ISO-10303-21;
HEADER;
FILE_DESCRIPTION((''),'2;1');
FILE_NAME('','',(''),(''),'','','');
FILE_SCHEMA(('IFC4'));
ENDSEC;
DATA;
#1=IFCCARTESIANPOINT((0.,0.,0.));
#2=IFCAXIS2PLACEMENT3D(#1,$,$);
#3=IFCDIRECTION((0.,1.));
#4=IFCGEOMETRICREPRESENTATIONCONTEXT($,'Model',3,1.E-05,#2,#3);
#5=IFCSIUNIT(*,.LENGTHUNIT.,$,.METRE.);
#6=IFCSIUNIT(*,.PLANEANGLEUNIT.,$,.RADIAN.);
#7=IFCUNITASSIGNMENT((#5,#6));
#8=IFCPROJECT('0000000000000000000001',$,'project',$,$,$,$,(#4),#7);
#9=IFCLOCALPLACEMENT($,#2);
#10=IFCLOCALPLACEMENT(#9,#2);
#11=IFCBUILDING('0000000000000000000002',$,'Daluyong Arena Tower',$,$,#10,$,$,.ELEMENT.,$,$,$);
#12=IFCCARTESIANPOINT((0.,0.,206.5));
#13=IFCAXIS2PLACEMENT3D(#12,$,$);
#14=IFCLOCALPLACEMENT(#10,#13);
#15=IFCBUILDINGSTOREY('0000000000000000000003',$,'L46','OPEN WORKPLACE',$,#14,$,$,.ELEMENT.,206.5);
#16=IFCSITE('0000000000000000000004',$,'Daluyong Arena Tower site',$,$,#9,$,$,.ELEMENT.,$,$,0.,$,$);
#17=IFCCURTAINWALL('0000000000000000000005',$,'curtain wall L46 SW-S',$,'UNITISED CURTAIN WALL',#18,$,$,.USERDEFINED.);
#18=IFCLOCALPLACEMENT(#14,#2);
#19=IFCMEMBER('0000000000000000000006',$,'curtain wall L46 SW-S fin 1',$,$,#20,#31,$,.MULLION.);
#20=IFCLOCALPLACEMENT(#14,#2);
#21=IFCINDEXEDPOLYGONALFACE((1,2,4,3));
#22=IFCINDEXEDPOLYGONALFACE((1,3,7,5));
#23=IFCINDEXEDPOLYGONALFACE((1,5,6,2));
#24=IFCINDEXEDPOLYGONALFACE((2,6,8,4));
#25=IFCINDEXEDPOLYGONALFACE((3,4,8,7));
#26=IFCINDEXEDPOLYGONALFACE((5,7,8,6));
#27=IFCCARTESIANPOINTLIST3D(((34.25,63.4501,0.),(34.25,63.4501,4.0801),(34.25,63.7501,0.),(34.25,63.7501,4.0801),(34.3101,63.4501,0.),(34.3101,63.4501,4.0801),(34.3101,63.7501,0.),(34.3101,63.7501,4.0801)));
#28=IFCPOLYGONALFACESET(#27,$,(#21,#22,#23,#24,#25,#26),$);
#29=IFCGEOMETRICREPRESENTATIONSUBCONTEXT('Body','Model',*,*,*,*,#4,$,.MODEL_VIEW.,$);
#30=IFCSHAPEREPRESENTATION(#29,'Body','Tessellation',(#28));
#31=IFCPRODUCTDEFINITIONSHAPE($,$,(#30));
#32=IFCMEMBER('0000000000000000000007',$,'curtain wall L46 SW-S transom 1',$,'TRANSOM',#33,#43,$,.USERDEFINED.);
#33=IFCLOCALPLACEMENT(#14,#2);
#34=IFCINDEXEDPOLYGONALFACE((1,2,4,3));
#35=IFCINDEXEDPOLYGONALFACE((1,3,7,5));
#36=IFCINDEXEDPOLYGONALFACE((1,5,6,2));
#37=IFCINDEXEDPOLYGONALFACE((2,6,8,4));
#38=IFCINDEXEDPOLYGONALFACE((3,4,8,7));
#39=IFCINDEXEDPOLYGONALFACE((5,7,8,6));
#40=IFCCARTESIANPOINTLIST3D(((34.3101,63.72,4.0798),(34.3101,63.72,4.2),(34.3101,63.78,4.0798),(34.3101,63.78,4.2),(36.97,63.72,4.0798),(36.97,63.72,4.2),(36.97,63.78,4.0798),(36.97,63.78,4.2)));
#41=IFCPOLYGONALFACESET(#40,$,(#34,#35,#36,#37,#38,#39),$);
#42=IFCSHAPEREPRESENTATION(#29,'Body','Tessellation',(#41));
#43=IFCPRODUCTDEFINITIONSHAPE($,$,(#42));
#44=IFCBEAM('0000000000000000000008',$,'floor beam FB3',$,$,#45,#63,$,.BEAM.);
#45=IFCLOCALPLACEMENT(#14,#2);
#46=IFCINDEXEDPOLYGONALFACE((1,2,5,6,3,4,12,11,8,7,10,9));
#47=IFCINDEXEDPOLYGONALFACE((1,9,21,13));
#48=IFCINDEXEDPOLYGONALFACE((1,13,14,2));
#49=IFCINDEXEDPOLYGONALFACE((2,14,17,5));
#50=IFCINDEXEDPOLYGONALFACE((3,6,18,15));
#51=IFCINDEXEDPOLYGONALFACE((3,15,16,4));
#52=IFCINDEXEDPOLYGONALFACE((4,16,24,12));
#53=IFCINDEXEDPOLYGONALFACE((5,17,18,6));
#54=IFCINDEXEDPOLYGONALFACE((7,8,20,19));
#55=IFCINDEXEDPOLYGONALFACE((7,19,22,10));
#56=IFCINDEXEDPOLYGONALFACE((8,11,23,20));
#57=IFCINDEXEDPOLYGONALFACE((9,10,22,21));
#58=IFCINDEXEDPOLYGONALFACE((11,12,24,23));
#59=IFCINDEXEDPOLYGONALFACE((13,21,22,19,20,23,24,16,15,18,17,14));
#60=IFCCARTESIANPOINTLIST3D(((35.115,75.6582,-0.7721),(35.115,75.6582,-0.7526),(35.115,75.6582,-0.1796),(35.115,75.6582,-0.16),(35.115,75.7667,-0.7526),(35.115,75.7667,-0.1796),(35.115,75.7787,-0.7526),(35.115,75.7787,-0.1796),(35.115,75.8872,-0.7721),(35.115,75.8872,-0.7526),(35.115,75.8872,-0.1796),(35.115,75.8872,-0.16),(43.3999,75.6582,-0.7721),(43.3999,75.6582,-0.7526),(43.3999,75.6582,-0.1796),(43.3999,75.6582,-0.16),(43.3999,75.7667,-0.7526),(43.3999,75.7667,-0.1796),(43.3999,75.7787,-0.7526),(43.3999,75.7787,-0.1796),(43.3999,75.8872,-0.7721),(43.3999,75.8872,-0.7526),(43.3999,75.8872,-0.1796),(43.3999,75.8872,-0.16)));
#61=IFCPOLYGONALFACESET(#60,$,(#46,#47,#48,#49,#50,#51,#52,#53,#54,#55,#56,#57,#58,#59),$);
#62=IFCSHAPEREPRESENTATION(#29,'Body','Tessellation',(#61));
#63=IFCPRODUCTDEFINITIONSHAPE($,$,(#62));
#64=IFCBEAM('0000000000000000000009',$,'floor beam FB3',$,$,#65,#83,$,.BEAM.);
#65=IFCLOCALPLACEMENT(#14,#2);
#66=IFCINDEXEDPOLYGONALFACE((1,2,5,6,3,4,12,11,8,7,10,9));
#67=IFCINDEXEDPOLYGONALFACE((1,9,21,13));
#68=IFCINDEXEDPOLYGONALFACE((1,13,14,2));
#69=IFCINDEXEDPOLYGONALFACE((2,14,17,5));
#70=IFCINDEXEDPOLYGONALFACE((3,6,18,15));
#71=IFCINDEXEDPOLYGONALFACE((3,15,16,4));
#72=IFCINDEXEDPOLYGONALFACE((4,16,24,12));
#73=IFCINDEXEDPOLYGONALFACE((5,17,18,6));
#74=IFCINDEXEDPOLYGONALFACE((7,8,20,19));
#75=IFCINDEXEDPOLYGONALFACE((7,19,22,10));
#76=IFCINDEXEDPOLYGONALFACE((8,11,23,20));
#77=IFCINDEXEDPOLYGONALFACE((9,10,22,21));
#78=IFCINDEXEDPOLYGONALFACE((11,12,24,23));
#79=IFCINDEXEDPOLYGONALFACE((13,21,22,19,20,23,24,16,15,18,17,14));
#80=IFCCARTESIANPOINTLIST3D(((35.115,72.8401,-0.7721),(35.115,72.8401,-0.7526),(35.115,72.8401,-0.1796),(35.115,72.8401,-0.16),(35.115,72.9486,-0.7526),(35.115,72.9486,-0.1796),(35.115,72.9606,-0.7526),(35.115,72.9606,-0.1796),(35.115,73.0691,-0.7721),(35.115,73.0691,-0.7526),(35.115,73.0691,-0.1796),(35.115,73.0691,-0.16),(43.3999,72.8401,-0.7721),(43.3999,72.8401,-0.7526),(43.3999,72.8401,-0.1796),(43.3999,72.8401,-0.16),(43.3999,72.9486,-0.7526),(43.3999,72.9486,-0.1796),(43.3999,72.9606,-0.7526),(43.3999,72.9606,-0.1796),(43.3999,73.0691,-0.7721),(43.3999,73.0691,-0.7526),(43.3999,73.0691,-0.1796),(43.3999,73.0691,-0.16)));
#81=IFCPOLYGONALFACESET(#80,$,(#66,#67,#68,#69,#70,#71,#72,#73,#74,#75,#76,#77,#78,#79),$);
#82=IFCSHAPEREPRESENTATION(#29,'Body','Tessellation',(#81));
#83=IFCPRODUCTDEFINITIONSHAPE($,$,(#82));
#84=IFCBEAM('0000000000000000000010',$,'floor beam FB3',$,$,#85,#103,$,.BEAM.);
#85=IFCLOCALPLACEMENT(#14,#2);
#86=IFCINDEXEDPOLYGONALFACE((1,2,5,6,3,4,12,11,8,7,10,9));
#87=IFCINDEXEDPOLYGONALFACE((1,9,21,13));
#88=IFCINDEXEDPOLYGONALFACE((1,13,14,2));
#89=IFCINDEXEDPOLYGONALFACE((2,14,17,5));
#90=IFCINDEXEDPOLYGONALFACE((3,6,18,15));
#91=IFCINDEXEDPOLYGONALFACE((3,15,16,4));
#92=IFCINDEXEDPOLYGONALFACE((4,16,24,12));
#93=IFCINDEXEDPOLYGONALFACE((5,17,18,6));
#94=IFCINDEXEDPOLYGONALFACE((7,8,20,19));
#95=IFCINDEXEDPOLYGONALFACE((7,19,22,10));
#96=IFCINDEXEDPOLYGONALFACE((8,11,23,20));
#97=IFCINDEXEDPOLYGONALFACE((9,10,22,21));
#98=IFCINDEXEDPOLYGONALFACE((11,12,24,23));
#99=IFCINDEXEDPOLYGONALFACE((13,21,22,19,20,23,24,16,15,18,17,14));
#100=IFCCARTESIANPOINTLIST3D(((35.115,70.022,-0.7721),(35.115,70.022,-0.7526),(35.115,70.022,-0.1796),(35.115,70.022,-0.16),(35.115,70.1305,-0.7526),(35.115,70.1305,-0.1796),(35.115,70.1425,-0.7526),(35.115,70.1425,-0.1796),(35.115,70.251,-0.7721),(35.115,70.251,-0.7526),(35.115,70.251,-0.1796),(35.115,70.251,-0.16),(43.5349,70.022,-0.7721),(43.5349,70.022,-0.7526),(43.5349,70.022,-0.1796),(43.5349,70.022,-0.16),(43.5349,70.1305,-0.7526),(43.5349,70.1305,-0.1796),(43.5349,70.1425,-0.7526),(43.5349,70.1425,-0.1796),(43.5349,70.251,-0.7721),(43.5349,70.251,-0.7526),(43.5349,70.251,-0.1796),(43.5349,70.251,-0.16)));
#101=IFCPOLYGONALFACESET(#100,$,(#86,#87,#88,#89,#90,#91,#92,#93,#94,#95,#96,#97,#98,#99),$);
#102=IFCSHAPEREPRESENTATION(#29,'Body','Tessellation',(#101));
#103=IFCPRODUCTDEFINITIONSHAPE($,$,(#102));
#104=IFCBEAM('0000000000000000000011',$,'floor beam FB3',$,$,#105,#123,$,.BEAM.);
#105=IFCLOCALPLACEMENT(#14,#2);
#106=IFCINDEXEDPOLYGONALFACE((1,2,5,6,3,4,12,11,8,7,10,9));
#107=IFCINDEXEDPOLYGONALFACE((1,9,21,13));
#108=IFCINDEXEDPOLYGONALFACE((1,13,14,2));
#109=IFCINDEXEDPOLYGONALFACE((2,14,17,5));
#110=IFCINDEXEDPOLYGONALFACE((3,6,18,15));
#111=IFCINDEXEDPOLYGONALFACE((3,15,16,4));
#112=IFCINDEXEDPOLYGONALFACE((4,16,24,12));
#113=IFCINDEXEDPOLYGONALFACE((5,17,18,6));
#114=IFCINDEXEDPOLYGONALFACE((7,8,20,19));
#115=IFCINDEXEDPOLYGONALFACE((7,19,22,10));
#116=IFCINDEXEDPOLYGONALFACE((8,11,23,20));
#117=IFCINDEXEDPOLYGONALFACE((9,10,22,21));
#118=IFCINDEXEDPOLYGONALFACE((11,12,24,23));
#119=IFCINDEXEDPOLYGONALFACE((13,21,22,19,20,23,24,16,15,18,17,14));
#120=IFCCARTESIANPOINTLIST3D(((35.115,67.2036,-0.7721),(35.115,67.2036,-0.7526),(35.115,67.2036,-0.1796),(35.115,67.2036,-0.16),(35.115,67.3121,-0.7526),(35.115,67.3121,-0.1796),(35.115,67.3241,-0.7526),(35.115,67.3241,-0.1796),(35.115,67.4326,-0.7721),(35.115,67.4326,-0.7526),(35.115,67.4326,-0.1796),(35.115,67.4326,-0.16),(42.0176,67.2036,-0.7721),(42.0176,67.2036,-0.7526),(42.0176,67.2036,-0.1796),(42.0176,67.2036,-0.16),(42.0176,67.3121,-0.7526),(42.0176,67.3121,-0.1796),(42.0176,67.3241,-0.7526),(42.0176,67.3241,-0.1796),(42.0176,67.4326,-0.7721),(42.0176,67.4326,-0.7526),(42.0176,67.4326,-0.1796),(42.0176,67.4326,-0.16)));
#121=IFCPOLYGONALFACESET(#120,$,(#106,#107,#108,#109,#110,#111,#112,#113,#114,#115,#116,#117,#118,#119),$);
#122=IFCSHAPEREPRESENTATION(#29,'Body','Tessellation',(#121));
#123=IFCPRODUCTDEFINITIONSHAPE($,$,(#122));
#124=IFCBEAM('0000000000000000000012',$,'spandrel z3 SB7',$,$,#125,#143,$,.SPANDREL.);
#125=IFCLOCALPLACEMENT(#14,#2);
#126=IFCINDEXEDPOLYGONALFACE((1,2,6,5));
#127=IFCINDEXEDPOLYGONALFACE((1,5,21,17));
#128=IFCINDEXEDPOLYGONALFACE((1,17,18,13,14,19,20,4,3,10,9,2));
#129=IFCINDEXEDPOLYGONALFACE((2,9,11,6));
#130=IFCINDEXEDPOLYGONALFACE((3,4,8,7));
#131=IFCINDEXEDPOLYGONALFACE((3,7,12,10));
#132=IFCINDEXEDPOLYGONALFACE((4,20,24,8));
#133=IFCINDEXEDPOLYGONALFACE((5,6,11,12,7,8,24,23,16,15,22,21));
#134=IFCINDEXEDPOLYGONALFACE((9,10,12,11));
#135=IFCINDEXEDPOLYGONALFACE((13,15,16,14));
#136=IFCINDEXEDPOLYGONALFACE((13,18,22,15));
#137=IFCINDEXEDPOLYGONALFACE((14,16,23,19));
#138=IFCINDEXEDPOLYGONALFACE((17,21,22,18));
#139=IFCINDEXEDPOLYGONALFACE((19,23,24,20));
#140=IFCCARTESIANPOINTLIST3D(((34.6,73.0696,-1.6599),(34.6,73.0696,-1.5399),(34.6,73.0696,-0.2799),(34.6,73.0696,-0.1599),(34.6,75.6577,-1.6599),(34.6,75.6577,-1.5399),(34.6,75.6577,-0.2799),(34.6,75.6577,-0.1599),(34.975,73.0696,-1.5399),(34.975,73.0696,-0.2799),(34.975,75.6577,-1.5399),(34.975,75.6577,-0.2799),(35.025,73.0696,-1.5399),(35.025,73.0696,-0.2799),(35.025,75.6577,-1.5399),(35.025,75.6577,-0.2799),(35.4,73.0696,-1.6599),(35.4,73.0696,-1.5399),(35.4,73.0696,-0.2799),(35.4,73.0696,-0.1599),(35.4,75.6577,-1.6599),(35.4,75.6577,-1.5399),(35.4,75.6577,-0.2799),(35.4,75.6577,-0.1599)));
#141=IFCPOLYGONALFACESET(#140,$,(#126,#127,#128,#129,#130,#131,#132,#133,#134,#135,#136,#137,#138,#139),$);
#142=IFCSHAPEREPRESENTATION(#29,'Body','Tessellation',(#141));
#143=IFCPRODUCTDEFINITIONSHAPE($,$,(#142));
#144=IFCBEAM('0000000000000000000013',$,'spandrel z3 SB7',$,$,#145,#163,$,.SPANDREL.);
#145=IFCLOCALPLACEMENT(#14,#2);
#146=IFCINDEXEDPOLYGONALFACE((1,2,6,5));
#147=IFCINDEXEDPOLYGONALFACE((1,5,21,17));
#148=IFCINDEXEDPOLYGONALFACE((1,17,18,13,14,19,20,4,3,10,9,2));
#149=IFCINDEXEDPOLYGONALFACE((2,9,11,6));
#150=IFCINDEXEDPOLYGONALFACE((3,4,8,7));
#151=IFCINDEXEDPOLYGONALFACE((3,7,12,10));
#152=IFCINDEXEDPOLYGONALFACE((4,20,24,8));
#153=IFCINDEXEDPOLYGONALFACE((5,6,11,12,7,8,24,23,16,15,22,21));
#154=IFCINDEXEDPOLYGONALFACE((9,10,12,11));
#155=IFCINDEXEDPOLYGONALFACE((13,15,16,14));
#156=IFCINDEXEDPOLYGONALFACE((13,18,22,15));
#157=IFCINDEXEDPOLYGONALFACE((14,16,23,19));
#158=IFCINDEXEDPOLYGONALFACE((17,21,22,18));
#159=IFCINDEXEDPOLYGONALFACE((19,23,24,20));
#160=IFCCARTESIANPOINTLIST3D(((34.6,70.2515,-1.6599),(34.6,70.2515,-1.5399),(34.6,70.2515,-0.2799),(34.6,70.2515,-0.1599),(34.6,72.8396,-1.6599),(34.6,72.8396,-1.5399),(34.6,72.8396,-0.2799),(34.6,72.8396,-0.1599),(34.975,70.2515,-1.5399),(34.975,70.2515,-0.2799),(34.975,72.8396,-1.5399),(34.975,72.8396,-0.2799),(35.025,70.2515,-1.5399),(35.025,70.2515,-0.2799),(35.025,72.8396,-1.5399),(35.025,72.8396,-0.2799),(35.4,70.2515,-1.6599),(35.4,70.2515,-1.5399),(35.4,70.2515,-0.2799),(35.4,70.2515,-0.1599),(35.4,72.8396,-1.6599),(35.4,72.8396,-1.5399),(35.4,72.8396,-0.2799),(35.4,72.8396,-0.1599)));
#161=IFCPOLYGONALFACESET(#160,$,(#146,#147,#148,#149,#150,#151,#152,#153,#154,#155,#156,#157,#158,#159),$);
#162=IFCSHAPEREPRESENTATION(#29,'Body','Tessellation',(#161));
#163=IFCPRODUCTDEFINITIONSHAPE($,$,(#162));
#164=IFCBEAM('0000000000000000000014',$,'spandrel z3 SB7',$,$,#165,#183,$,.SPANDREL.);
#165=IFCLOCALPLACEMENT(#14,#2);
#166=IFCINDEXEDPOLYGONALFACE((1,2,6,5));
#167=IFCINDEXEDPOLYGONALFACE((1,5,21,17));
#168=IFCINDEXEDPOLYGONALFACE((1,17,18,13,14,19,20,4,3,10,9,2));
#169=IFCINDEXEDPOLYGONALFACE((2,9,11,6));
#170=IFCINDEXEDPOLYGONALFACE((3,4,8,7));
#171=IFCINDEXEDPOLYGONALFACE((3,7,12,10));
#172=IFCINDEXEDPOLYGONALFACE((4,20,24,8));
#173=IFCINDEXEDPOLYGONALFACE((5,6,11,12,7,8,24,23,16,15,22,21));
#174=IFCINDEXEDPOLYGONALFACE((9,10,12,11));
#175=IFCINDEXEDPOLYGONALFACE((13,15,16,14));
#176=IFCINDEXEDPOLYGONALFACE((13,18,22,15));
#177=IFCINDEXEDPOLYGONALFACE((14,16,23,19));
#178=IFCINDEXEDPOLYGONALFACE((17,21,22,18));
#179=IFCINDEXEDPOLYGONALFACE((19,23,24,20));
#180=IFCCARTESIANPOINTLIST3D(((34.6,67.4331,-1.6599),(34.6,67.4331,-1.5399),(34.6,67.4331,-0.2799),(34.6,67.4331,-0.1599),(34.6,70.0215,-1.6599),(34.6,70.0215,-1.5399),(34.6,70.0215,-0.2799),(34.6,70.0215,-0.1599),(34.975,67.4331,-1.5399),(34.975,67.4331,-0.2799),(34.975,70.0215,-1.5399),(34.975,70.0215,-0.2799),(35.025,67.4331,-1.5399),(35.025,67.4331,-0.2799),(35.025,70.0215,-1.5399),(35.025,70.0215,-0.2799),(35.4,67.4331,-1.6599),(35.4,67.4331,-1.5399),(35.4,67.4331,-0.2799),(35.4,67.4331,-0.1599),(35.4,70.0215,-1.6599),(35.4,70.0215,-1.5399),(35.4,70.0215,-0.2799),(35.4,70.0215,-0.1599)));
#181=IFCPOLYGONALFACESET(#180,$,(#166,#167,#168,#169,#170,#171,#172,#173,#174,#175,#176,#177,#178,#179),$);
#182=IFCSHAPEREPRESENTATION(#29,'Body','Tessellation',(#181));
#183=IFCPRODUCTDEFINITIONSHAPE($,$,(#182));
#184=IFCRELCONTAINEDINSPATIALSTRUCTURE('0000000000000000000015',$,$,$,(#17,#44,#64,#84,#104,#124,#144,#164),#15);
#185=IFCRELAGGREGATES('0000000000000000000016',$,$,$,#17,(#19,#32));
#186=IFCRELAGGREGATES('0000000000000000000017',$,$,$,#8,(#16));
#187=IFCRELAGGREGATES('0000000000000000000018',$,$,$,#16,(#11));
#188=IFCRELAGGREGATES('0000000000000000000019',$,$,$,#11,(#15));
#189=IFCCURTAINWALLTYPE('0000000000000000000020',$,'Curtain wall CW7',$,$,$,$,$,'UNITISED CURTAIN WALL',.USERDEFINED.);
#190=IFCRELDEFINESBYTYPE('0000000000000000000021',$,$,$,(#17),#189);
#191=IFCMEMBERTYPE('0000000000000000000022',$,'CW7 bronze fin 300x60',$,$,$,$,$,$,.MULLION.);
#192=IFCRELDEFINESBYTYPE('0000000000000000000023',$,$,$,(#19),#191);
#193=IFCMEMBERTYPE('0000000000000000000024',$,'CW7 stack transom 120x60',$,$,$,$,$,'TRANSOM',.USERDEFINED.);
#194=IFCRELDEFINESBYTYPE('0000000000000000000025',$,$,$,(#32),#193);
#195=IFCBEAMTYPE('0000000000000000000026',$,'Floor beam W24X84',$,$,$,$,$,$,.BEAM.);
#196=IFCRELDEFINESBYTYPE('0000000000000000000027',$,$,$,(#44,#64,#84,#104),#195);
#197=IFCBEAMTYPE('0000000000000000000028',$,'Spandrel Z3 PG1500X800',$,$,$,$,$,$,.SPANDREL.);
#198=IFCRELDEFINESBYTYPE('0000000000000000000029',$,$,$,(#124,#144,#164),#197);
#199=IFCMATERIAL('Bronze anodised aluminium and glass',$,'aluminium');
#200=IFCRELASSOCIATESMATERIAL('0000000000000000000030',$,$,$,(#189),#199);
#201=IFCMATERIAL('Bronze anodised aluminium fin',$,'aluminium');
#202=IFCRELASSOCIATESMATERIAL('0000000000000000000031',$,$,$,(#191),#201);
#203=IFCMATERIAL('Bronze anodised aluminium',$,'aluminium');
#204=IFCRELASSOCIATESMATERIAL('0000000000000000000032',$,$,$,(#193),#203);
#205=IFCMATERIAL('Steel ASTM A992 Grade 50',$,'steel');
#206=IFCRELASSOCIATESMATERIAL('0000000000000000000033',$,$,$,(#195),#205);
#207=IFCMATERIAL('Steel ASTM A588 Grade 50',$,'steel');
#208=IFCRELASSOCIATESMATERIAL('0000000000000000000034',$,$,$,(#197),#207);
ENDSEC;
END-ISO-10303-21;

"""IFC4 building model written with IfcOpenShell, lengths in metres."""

from ifc_helpers import new_model, si_unit, direction, frame, origin, origin_2d, place, context, subcontext, project, spatial, rectangle, i_section, extrude, material, material_profile, profile_set, type_object, element, aggregate, save


model = new_model("IFC4")

# Units and contexts
model_context = context("Model", 3, precision=1e-05, world=origin(), true_north=direction((0.0, 1.0)))
body_context = subcontext(model_context, "Body", "Model", "MODEL_VIEW")
ifc_project = project(units=[si_unit("LENGTHUNIT", "METRE"), si_unit("PLANEANGLEUNIT", "RADIAN")], contexts=[model_context])

# Site, building, storey
site_placement = place(None, origin())
site = spatial("IfcSite", under=ifc_project, at=site_placement, Name="Daluyong Arena Tower site", CompositionType="ELEMENT", RefElevation=0.0)
building_placement = place(site_placement, origin())
building = spatial("IfcBuilding", under=site, at=building_placement, Name="Daluyong Arena Tower", CompositionType="ELEMENT")
storey_placement = place(building_placement, frame((0.0, 0.0, 206.5)))
storey = spatial("IfcBuildingStorey", under=building, at=storey_placement, Name="L46", Description="OPEN WORKPLACE", CompositionType="ELEMENT", Elevation=206.5)

# Curtain wall, members
ifc_material_1 = material(Name="Bronze anodised aluminium and glass", Category="aluminium")
curtain_wall_type_1 = type_object("IfcCurtainWallType", Name="Curtain wall CW7", ElementType="UNITISED CURTAIN WALL", PredefinedType="USERDEFINED", material=ifc_material_1)
curtain_wall_1_placement = place(storey_placement, origin())
curtain_wall_1 = element("IfcCurtainWall", 1, at=curtain_wall_1_placement, inside=storey, type_object=curtain_wall_type_1, Name="curtain wall L46 SW-S", ObjectType="UNITISED CURTAIN WALL", PredefinedType="USERDEFINED")
ifc_material_2 = material(Name="Bronze anodised aluminium fin", Category="aluminium")
ifc_material_profile_1 = material_profile(ifc_material_2, rectangle(XDim=0.3, YDim=0.0601, at=origin_2d()))
ifc_profile_set_1 = profile_set([ifc_material_profile_1], Name="Bronze anodised aluminium fin")
member_type_1 = type_object("IfcMemberType", Name="CW7 bronze fin 300x60", PredefinedType="MULLION", material=ifc_profile_set_1)
member_1_placement = place(storey_placement, frame((34.28, 63.6001, 0.0), z_axis=(0.0, 0.0, 1.0), x_axis=(0.0, 1.0, 0.0)))
member_1 = element("IfcMember", 2, at=member_1_placement, type_object=member_type_1, Name="curtain wall L46 SW-S fin 1", PredefinedType="MULLION", context=body_context, shape_type="SweptSolid", body=[
    extrude(rectangle(XDim=0.3, YDim=0.0601, at=origin_2d()), origin(), (0.0, 0.0, 1.0), 4.0801),
])
ifc_material_3 = material(Name="Bronze anodised aluminium", Category="aluminium")
ifc_material_profile_2 = material_profile(ifc_material_3, rectangle(XDim=0.0601, YDim=0.1201, at=origin_2d()))
ifc_profile_set_2 = profile_set([ifc_material_profile_2], Name="Bronze anodised aluminium")
member_type_2 = type_object("IfcMemberType", Name="CW7 stack transom 120x60", ElementType="TRANSOM", PredefinedType="USERDEFINED", material=ifc_profile_set_2)
member_2_placement = place(storey_placement, frame((34.3101, 63.75, 4.1399), z_axis=(1.0, 0.0, 0.0), x_axis=(0.0, 1.0, 0.0)))
member_2 = element("IfcMember", 3, at=member_2_placement, type_object=member_type_2, Name="curtain wall L46 SW-S transom 1", ObjectType="TRANSOM", PredefinedType="USERDEFINED", context=body_context, shape_type="SweptSolid", body=[
    extrude(rectangle(XDim=0.0601, YDim=0.1201, at=origin_2d()), origin(), (0.0, 0.0, 1.0), 2.6599),
])
aggregate(curtain_wall_1, [member_1, member_2])

# Beams
ifc_material_4 = material(Name="Steel ASTM A992 Grade 50", Category="steel")
ifc_material_profile_3 = material_profile(ifc_material_4, i_section(OverallWidth=0.229, OverallDepth=0.6121, WebThickness=0.012, FlangeThickness=0.0195, at=origin_2d()))
ifc_profile_set_3 = profile_set([ifc_material_profile_3], Name="Steel ASTM A992 Grade 50")
beam_type_1 = type_object("IfcBeamType", Name="Floor beam W24X84", PredefinedType="BEAM", material=ifc_profile_set_3)
for number, where, z_axis, x_axis, name in (
    (4, (35.115, 75.7727, -0.4661), (1.0, 0.0, 0.0), (0.0, 1.0, 0.0), "floor beam FB3"),
    (5, (35.115, 72.9546, -0.4661), (1.0, 0.0, 0.0), (0.0, 1.0, 0.0), "floor beam FB3"),
):
    element("IfcBeam", number, at=place(storey_placement, frame(where, z_axis=z_axis, x_axis=x_axis)), inside=storey, type_object=beam_type_1, Name=name, PredefinedType="BEAM", context=body_context, shape_type="SweptSolid", body=[
        extrude(i_section(OverallWidth=0.229, OverallDepth=0.6121, WebThickness=0.012, FlangeThickness=0.0195, at=origin_2d()), origin(), (0.0, 0.0, 1.0), 8.2849),
    ])
beam_1_placement = place(storey_placement, frame((35.115, 70.1365, -0.4661), z_axis=(1.0, 0.0, 0.0), x_axis=(0.0, 1.0, 0.0)))
element("IfcBeam", 6, at=beam_1_placement, inside=storey, type_object=beam_type_1, Name="floor beam FB3", PredefinedType="BEAM", context=body_context, shape_type="SweptSolid", body=[
    extrude(i_section(OverallWidth=0.229, OverallDepth=0.6121, WebThickness=0.012, FlangeThickness=0.0195, at=origin_2d()), origin(), (0.0, 0.0, 1.0), 8.4199),
])
beam_2_placement = place(storey_placement, frame((35.115, 67.3181, -0.4661), z_axis=(1.0, 0.0, 0.0), x_axis=(0.0, 1.0, 0.0)))
element("IfcBeam", 7, at=beam_2_placement, inside=storey, type_object=beam_type_1, Name="floor beam FB3", PredefinedType="BEAM", context=body_context, shape_type="SweptSolid", body=[
    extrude(i_section(OverallWidth=0.229, OverallDepth=0.6121, WebThickness=0.012, FlangeThickness=0.0195, at=origin_2d()), origin(), (0.0, 0.0, 1.0), 6.9026),
])
ifc_material_5 = material(Name="Steel ASTM A588 Grade 50", Category="steel")
ifc_material_profile_4 = material_profile(ifc_material_5, i_section(OverallWidth=0.8, OverallDepth=1.5, WebThickness=0.05, FlangeThickness=0.12, at=origin_2d()))
ifc_profile_set_4 = profile_set([ifc_material_profile_4], Name="Steel ASTM A588 Grade 50")
beam_type_2 = type_object("IfcBeamType", Name="Spandrel Z3 PG1500X800", PredefinedType="SPANDREL", material=ifc_profile_set_4)
for number, where, z_axis, x_axis, name in (
    (8, (35.0, 75.6577, -0.9099), (0.0, -1.0, 0.0), (1.0, 0.0, 0.0), "spandrel z3 SB7"),
    (9, (35.0, 72.8396, -0.9099), (0.0, -1.0, 0.0), (1.0, 0.0, 0.0), "spandrel z3 SB7"),
):
    element("IfcBeam", number, at=place(storey_placement, frame(where, z_axis=z_axis, x_axis=x_axis)), inside=storey, type_object=beam_type_2, Name=name, PredefinedType="SPANDREL", context=body_context, shape_type="SweptSolid", body=[
        extrude(i_section(OverallWidth=0.8, OverallDepth=1.5, WebThickness=0.05, FlangeThickness=0.12, at=origin_2d()), origin(), (0.0, 0.0, 1.0), 2.5881),
    ])
beam_3_placement = place(storey_placement, frame((35.0, 70.0215, -0.9099), z_axis=(0.0, -1.0, 0.0), x_axis=(1.0, 0.0, 0.0)))
element("IfcBeam", 10, at=beam_3_placement, inside=storey, type_object=beam_type_2, Name="spandrel z3 SB7", PredefinedType="SPANDREL", context=body_context, shape_type="SweptSolid", body=[
    extrude(i_section(OverallWidth=0.8, OverallDepth=1.5, WebThickness=0.05, FlangeThickness=0.12, at=origin_2d()), origin(), (0.0, 0.0, 1.0), 2.5884),
])

save(model, "model.ifc")
